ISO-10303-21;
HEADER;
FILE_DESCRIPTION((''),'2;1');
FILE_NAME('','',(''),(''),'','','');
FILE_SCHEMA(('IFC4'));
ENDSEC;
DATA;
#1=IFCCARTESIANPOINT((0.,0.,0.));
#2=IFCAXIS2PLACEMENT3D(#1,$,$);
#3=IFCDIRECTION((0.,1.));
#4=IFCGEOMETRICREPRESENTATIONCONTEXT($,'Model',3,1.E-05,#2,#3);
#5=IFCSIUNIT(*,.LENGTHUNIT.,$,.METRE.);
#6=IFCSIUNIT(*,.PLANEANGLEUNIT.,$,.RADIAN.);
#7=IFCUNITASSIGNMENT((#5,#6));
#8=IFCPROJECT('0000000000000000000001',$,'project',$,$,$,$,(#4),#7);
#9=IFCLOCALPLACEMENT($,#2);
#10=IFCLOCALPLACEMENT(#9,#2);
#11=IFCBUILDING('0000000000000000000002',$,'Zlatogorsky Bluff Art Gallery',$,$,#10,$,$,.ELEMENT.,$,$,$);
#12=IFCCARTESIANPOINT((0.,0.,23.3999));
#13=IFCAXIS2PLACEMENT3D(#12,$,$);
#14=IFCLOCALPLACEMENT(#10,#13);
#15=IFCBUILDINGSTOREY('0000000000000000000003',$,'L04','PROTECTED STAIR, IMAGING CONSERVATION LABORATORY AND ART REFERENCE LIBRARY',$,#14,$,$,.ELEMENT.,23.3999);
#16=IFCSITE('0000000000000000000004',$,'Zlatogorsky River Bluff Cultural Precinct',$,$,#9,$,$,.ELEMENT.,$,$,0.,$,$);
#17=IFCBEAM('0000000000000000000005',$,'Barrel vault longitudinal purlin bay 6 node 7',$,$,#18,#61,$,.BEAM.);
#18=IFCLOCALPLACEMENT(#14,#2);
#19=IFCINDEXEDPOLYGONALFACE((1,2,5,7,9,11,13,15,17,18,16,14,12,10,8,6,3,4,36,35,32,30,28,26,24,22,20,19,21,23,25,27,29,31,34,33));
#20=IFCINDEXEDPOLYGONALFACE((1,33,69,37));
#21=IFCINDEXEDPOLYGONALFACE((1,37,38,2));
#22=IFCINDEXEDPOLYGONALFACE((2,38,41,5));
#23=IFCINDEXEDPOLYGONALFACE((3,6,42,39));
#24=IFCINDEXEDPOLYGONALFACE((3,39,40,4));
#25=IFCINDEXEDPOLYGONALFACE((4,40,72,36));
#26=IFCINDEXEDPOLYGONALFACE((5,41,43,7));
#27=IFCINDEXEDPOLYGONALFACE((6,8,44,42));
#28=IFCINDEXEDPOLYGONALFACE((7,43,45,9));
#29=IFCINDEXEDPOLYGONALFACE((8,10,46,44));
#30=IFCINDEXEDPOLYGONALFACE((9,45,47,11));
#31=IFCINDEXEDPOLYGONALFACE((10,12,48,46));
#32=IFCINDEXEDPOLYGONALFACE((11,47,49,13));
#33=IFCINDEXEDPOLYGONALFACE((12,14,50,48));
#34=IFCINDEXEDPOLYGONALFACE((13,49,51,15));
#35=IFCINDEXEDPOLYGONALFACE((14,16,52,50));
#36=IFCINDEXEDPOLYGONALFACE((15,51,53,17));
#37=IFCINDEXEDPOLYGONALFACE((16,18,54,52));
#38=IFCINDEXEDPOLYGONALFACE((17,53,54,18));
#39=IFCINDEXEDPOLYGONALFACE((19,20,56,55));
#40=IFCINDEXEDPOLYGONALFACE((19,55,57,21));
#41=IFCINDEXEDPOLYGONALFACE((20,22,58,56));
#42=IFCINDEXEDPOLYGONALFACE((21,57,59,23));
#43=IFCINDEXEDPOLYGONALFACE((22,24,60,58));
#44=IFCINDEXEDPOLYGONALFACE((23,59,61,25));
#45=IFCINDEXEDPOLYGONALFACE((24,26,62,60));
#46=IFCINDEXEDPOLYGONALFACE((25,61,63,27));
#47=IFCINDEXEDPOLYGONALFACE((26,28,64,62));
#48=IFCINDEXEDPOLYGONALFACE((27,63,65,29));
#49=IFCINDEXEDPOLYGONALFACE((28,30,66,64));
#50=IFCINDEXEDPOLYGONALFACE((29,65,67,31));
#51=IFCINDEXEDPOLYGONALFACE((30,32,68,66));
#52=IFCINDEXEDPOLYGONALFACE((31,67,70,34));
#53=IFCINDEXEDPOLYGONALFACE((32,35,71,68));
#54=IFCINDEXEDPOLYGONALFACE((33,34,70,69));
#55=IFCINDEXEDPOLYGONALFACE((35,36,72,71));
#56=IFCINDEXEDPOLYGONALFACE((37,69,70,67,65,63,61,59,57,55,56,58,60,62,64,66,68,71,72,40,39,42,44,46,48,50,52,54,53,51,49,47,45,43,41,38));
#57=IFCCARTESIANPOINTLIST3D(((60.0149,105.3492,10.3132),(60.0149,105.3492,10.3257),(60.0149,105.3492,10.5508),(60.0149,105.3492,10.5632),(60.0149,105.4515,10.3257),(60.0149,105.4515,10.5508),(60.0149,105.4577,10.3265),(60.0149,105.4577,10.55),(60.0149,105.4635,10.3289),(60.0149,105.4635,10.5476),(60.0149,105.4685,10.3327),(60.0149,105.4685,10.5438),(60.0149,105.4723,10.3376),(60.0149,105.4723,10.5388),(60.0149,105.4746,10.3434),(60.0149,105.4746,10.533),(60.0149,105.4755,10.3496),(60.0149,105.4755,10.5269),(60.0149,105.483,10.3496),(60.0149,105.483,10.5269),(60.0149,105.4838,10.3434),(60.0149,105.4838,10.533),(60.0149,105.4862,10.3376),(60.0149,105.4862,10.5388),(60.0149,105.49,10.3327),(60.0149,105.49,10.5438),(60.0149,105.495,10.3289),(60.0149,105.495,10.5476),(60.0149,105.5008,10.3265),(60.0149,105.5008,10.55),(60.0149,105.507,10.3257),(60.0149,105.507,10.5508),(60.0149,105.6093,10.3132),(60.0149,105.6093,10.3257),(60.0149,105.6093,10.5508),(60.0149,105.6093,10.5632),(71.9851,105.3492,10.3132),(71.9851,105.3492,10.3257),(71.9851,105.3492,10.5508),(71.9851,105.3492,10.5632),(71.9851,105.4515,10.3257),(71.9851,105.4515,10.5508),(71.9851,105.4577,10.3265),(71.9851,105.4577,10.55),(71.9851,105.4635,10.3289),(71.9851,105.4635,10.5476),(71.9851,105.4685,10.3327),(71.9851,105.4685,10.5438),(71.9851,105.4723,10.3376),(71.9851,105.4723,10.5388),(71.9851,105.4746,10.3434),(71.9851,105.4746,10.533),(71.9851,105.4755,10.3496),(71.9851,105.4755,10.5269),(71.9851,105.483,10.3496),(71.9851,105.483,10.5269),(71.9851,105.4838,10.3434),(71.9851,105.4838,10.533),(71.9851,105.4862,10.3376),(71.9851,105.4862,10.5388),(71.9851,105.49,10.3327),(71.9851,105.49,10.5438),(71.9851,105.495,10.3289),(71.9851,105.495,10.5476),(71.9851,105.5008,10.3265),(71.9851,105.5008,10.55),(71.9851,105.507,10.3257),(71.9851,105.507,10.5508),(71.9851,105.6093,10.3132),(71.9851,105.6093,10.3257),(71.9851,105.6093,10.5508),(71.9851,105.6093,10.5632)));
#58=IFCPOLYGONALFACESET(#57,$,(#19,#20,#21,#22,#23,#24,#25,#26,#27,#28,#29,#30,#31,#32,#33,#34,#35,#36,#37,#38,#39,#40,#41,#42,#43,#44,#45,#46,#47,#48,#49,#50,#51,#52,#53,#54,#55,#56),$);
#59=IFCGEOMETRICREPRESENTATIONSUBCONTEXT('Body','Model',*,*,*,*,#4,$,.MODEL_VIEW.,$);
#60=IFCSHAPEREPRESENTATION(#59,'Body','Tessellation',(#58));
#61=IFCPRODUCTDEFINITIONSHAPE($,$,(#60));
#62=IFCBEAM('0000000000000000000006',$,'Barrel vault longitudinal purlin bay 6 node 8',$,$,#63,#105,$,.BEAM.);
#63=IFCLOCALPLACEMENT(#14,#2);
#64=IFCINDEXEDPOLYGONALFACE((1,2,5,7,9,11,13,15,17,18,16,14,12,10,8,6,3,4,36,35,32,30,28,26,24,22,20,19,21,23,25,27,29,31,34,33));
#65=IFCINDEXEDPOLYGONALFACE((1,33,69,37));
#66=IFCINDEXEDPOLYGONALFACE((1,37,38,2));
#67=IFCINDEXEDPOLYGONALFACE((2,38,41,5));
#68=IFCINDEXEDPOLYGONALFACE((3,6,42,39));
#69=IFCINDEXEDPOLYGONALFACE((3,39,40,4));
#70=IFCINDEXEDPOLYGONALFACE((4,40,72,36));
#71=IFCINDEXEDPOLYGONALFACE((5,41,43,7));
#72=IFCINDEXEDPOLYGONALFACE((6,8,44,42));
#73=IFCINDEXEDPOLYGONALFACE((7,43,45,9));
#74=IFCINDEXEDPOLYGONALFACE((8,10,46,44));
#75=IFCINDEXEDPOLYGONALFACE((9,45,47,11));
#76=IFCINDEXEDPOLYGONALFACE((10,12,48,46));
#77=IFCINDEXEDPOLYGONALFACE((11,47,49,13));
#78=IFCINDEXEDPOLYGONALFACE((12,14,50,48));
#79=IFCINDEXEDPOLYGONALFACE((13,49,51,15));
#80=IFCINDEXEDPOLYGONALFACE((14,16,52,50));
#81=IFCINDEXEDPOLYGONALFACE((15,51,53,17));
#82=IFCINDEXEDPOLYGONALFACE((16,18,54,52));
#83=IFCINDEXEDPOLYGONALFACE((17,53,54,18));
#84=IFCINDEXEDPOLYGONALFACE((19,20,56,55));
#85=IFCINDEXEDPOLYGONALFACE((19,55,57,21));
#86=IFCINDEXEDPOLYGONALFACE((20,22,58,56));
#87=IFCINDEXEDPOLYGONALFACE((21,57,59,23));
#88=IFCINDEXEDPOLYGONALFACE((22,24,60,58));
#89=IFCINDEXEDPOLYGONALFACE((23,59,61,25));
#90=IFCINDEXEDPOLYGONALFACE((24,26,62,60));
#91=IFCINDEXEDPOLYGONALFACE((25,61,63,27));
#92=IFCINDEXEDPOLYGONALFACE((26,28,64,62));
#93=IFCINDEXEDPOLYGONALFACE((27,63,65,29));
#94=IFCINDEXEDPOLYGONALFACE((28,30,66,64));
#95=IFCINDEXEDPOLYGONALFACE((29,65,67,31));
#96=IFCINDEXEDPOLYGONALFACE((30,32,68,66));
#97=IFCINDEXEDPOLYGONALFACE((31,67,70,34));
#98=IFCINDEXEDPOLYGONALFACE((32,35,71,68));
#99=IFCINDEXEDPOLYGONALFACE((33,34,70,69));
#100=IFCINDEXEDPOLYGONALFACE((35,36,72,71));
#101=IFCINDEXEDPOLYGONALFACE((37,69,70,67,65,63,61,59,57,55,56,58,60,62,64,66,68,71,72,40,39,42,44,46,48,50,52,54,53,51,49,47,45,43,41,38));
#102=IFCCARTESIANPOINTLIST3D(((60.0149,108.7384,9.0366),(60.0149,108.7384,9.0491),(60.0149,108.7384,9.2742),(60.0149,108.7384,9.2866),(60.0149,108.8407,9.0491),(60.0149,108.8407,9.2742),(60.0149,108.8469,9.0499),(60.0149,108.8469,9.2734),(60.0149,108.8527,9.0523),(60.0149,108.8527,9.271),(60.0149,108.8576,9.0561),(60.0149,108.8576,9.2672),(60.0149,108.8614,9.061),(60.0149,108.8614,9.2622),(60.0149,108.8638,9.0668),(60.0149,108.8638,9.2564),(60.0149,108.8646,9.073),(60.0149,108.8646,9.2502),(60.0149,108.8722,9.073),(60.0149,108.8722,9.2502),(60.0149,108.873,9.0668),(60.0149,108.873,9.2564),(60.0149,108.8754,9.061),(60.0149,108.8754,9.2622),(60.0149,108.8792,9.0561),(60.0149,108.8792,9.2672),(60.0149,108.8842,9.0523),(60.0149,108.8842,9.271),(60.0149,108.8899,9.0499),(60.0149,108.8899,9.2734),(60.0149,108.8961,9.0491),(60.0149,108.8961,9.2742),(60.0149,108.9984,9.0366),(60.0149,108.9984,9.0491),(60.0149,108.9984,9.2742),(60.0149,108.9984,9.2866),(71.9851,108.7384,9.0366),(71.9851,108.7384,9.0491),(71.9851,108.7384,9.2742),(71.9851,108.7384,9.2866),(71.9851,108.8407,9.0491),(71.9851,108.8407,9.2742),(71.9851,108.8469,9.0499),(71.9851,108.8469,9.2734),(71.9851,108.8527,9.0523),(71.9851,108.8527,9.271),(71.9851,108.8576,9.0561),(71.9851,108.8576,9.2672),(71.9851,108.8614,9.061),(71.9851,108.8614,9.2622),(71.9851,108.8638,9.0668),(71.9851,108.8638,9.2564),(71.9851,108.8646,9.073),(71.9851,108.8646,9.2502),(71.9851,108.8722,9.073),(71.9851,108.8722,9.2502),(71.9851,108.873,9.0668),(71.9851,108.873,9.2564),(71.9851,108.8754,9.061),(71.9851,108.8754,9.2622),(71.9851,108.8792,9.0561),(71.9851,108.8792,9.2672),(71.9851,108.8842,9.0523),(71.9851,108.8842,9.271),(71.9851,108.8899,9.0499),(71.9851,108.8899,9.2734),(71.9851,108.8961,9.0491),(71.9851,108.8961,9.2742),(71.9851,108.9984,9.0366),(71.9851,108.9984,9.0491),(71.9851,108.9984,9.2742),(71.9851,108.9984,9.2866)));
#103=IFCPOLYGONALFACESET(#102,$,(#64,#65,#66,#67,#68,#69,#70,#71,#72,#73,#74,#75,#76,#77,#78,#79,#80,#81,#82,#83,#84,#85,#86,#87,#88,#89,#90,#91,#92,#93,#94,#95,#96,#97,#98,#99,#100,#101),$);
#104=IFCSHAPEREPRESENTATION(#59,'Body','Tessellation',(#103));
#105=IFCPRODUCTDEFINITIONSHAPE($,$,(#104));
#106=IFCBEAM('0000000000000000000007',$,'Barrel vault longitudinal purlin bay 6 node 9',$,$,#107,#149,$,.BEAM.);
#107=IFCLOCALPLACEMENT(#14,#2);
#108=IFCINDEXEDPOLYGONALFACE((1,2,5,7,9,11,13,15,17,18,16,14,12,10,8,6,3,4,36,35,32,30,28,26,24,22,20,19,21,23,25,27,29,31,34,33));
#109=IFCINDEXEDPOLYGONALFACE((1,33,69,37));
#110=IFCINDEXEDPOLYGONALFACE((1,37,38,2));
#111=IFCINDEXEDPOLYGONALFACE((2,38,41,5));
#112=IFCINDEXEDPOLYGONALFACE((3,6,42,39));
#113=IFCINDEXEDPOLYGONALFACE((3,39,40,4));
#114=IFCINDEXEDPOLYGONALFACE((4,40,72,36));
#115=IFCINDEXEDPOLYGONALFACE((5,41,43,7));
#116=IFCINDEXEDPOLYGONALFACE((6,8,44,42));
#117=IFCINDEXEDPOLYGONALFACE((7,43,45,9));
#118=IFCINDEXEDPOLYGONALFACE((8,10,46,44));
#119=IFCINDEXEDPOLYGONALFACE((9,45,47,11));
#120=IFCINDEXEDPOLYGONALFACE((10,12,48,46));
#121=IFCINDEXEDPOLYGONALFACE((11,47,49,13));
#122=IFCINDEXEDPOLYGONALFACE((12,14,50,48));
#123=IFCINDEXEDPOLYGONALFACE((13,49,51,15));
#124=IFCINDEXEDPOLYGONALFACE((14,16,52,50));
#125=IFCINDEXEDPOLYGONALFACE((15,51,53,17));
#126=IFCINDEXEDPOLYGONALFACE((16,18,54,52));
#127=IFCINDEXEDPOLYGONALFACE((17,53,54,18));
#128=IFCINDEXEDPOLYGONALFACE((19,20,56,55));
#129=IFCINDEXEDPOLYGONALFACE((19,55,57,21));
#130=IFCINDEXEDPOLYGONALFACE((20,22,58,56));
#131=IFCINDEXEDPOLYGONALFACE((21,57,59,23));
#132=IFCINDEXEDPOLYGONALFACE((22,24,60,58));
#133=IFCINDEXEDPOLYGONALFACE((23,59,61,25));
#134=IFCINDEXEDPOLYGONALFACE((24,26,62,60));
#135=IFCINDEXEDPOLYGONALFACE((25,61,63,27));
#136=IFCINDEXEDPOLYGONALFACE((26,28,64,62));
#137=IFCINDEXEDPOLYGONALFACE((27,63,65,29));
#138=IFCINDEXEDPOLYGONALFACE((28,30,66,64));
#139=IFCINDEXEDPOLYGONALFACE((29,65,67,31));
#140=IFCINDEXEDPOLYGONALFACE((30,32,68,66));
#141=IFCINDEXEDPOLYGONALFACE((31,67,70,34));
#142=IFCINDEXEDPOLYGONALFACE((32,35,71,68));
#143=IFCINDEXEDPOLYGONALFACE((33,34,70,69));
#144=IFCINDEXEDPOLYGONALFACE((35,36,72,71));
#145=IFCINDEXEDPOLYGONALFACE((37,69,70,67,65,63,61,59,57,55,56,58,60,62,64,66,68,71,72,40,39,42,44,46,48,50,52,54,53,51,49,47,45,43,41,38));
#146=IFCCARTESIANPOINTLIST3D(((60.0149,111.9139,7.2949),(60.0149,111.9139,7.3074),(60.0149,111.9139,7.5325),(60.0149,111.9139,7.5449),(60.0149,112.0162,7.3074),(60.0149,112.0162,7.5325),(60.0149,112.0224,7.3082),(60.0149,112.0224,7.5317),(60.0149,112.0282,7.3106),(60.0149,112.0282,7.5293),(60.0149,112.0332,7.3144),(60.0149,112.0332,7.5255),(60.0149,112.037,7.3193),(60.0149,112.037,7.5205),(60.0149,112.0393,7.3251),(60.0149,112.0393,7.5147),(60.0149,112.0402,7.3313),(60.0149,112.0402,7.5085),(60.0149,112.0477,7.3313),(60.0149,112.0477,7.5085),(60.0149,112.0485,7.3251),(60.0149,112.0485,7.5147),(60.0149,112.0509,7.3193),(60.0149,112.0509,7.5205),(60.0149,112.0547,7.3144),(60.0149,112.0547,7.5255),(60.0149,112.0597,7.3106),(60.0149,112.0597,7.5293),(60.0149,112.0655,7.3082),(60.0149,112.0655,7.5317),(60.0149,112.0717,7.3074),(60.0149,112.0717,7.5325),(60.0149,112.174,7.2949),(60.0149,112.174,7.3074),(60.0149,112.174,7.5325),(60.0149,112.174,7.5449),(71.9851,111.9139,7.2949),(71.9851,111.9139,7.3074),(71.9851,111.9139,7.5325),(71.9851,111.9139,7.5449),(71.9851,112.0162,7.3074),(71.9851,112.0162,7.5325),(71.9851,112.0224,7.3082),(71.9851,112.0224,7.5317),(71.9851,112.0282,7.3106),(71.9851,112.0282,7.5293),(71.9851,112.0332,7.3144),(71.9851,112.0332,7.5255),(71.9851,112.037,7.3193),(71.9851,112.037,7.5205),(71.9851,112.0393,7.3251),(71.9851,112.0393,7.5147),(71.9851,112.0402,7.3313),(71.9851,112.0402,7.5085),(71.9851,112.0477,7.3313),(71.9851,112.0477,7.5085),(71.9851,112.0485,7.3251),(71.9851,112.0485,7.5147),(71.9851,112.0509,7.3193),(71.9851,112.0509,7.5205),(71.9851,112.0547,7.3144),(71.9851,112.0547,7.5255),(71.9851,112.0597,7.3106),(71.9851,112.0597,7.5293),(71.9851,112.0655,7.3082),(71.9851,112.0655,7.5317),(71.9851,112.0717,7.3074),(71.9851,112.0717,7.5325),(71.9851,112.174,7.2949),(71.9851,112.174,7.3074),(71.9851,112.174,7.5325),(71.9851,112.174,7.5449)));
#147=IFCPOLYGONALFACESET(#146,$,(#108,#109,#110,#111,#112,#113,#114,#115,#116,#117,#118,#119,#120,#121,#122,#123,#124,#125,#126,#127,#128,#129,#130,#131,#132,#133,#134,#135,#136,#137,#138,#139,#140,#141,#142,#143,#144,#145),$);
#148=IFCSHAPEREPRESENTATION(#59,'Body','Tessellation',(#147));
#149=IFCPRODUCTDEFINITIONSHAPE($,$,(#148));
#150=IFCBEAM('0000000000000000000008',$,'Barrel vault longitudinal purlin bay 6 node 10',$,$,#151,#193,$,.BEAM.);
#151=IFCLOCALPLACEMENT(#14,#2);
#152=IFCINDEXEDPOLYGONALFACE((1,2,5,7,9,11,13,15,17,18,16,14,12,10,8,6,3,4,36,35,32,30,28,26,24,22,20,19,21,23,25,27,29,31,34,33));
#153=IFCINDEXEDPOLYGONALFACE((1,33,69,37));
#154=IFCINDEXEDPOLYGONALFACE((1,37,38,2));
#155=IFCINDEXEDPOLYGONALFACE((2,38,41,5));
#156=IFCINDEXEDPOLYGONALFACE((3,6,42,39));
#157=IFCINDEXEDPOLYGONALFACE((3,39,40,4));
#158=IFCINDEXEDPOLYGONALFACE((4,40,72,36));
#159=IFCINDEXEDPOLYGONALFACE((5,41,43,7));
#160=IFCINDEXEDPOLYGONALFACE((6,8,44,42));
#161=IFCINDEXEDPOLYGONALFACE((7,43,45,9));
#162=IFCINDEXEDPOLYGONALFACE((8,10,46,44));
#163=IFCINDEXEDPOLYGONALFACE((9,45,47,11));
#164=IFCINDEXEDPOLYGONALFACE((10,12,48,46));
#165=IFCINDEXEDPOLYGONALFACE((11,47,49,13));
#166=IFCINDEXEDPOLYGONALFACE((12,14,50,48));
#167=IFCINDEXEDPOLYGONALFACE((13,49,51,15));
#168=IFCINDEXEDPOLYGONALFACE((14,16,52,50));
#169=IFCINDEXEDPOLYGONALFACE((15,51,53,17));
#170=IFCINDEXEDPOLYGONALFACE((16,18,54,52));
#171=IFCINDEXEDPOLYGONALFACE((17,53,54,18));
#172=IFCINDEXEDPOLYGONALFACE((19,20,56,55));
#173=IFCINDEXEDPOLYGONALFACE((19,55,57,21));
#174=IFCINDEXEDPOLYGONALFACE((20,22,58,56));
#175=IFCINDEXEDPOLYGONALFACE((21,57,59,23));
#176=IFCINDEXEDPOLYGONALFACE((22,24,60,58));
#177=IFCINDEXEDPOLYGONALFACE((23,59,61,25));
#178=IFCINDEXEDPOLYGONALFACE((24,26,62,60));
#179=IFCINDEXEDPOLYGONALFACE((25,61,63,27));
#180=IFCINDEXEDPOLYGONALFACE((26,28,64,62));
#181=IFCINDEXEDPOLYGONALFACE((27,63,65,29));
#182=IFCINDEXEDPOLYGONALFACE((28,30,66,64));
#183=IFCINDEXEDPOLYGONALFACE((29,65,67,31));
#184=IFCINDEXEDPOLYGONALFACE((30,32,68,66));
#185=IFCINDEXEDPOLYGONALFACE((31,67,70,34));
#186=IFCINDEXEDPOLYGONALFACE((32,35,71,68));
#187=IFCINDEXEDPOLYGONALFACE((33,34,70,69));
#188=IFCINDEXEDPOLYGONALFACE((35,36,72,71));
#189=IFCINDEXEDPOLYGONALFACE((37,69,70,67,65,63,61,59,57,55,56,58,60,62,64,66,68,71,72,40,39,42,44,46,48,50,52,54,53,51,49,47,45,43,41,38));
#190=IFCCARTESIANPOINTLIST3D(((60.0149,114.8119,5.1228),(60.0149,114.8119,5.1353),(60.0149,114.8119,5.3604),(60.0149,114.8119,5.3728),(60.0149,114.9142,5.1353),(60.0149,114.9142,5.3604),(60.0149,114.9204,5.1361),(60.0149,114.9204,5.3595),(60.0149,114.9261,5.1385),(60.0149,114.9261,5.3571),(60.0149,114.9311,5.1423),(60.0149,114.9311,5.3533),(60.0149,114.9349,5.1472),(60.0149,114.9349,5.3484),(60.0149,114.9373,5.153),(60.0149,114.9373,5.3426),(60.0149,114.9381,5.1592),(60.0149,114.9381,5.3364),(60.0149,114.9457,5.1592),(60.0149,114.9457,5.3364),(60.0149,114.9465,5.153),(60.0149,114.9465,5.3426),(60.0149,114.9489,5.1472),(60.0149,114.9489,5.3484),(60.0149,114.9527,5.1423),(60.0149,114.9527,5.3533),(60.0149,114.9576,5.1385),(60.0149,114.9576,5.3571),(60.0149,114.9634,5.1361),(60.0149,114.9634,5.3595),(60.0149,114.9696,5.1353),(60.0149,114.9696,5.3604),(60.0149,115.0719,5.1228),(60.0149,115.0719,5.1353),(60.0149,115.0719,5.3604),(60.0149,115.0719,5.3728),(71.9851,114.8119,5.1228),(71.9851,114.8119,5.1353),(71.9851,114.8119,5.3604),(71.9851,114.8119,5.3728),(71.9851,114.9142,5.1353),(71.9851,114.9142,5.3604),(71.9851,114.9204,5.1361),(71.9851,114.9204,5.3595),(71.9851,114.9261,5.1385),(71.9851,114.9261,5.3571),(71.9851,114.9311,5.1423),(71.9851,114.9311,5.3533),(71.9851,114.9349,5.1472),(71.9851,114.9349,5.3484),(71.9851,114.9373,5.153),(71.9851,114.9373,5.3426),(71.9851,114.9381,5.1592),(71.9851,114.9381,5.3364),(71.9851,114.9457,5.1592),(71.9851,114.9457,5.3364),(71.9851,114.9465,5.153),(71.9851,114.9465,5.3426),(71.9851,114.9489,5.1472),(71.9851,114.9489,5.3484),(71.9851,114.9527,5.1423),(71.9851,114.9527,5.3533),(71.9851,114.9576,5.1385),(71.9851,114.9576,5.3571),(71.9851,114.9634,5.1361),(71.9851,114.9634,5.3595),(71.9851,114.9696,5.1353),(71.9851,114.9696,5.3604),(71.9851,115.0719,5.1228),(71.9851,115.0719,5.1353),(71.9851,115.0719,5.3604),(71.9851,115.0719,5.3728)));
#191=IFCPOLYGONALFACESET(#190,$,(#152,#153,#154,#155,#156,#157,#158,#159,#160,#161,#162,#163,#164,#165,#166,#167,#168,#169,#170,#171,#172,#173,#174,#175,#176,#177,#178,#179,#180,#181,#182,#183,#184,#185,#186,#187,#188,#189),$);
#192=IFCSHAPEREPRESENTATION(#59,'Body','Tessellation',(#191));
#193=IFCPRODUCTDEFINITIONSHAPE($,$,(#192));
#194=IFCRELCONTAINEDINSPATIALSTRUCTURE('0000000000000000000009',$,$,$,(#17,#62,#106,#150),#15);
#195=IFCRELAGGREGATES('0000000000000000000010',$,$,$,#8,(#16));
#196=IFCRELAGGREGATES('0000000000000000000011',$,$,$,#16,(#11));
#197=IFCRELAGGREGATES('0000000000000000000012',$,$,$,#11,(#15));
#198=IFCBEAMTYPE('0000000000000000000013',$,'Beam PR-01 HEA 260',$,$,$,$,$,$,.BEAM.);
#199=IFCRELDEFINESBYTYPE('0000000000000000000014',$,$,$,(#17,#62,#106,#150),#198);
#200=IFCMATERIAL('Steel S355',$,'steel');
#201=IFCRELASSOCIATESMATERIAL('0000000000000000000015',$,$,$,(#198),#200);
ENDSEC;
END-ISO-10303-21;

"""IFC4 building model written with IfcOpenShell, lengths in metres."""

from ifc_helpers import new_model, si_unit, direction, frame, origin, origin_2d, place, context, subcontext, project, spatial, i_section, extrude, material, material_profile, profile_set, type_object, element, save


model = new_model("IFC4")

# Units and contexts
model_context = context("Model", 3, precision=1e-05, world=origin(), true_north=direction((0.0, 1.0)))
body_context = subcontext(model_context, "Body", "Model", "MODEL_VIEW")
ifc_project = project(units=[si_unit("LENGTHUNIT", "METRE"), si_unit("PLANEANGLEUNIT", "RADIAN")], contexts=[model_context])

# Site, building, storey
site_placement = place(None, origin())
site = spatial("IfcSite", under=ifc_project, at=site_placement, Name="Zlatogorsky River Bluff Cultural Precinct", CompositionType="ELEMENT", RefElevation=0.0)
building_placement = place(site_placement, origin())
building = spatial("IfcBuilding", under=site, at=building_placement, Name="Zlatogorsky Bluff Art Gallery", CompositionType="ELEMENT")
storey_placement = place(building_placement, frame((0.0, 0.0, 23.3999)))
storey = spatial("IfcBuildingStorey", under=building, at=storey_placement, Name="L04", Description="PROTECTED STAIR, IMAGING CONSERVATION LABORATORY AND ART REFERENCE LIBRARY", CompositionType="ELEMENT", Elevation=23.3999)

# Beams
ifc_material_1 = material(Name="Steel S355", Category="steel")
ifc_material_profile_1 = material_profile(ifc_material_1, i_section(OverallWidth=0.26, OverallDepth=0.25, WebThickness=0.0076, FlangeThickness=0.0125, FilletRadius=0.0239, at=origin_2d()), Name="HEA 260")
ifc_profile_set_1 = profile_set([ifc_material_profile_1], Name="Steel S355")
beam_type_1 = type_object("IfcBeamType", Name="Beam PR-01 HEA 260", PredefinedType="BEAM", material=ifc_profile_set_1)
for number, where, z_axis, x_axis, name in (
    (1, (60.0149, 105.4792, 10.4382), (1.0, 0.0, 0.0), (0.0, 1.0, 0.0), "Barrel vault longitudinal purlin bay 6 node 7"),
    (2, (60.0149, 108.8684, 9.1616), (1.0, 0.0, 0.0), (0.0, 1.0, 0.0), "Barrel vault longitudinal purlin bay 6 node 8"),
    (3, (60.0149, 112.0439, 7.4199), (1.0, 0.0, 0.0), (0.0, 1.0, 0.0), "Barrel vault longitudinal purlin bay 6 node 9"),
    (4, (60.0149, 114.9419, 5.2478), (1.0, 0.0, 0.0), (0.0, 1.0, 0.0), "Barrel vault longitudinal purlin bay 6 node 10"),
):
    element("IfcBeam", number, at=place(storey_placement, frame(where, z_axis=z_axis, x_axis=x_axis)), inside=storey, type_object=beam_type_1, Name=name, PredefinedType="BEAM", context=body_context, shape_type="SweptSolid", body=[
        extrude(i_section(OverallWidth=0.26, OverallDepth=0.25, WebThickness=0.0076, FlangeThickness=0.0125, FilletRadius=0.0239, at=origin_2d()), origin(), (0.0, 0.0, 1.0), 11.9702),
    ])

save(model, "model.ifc")
